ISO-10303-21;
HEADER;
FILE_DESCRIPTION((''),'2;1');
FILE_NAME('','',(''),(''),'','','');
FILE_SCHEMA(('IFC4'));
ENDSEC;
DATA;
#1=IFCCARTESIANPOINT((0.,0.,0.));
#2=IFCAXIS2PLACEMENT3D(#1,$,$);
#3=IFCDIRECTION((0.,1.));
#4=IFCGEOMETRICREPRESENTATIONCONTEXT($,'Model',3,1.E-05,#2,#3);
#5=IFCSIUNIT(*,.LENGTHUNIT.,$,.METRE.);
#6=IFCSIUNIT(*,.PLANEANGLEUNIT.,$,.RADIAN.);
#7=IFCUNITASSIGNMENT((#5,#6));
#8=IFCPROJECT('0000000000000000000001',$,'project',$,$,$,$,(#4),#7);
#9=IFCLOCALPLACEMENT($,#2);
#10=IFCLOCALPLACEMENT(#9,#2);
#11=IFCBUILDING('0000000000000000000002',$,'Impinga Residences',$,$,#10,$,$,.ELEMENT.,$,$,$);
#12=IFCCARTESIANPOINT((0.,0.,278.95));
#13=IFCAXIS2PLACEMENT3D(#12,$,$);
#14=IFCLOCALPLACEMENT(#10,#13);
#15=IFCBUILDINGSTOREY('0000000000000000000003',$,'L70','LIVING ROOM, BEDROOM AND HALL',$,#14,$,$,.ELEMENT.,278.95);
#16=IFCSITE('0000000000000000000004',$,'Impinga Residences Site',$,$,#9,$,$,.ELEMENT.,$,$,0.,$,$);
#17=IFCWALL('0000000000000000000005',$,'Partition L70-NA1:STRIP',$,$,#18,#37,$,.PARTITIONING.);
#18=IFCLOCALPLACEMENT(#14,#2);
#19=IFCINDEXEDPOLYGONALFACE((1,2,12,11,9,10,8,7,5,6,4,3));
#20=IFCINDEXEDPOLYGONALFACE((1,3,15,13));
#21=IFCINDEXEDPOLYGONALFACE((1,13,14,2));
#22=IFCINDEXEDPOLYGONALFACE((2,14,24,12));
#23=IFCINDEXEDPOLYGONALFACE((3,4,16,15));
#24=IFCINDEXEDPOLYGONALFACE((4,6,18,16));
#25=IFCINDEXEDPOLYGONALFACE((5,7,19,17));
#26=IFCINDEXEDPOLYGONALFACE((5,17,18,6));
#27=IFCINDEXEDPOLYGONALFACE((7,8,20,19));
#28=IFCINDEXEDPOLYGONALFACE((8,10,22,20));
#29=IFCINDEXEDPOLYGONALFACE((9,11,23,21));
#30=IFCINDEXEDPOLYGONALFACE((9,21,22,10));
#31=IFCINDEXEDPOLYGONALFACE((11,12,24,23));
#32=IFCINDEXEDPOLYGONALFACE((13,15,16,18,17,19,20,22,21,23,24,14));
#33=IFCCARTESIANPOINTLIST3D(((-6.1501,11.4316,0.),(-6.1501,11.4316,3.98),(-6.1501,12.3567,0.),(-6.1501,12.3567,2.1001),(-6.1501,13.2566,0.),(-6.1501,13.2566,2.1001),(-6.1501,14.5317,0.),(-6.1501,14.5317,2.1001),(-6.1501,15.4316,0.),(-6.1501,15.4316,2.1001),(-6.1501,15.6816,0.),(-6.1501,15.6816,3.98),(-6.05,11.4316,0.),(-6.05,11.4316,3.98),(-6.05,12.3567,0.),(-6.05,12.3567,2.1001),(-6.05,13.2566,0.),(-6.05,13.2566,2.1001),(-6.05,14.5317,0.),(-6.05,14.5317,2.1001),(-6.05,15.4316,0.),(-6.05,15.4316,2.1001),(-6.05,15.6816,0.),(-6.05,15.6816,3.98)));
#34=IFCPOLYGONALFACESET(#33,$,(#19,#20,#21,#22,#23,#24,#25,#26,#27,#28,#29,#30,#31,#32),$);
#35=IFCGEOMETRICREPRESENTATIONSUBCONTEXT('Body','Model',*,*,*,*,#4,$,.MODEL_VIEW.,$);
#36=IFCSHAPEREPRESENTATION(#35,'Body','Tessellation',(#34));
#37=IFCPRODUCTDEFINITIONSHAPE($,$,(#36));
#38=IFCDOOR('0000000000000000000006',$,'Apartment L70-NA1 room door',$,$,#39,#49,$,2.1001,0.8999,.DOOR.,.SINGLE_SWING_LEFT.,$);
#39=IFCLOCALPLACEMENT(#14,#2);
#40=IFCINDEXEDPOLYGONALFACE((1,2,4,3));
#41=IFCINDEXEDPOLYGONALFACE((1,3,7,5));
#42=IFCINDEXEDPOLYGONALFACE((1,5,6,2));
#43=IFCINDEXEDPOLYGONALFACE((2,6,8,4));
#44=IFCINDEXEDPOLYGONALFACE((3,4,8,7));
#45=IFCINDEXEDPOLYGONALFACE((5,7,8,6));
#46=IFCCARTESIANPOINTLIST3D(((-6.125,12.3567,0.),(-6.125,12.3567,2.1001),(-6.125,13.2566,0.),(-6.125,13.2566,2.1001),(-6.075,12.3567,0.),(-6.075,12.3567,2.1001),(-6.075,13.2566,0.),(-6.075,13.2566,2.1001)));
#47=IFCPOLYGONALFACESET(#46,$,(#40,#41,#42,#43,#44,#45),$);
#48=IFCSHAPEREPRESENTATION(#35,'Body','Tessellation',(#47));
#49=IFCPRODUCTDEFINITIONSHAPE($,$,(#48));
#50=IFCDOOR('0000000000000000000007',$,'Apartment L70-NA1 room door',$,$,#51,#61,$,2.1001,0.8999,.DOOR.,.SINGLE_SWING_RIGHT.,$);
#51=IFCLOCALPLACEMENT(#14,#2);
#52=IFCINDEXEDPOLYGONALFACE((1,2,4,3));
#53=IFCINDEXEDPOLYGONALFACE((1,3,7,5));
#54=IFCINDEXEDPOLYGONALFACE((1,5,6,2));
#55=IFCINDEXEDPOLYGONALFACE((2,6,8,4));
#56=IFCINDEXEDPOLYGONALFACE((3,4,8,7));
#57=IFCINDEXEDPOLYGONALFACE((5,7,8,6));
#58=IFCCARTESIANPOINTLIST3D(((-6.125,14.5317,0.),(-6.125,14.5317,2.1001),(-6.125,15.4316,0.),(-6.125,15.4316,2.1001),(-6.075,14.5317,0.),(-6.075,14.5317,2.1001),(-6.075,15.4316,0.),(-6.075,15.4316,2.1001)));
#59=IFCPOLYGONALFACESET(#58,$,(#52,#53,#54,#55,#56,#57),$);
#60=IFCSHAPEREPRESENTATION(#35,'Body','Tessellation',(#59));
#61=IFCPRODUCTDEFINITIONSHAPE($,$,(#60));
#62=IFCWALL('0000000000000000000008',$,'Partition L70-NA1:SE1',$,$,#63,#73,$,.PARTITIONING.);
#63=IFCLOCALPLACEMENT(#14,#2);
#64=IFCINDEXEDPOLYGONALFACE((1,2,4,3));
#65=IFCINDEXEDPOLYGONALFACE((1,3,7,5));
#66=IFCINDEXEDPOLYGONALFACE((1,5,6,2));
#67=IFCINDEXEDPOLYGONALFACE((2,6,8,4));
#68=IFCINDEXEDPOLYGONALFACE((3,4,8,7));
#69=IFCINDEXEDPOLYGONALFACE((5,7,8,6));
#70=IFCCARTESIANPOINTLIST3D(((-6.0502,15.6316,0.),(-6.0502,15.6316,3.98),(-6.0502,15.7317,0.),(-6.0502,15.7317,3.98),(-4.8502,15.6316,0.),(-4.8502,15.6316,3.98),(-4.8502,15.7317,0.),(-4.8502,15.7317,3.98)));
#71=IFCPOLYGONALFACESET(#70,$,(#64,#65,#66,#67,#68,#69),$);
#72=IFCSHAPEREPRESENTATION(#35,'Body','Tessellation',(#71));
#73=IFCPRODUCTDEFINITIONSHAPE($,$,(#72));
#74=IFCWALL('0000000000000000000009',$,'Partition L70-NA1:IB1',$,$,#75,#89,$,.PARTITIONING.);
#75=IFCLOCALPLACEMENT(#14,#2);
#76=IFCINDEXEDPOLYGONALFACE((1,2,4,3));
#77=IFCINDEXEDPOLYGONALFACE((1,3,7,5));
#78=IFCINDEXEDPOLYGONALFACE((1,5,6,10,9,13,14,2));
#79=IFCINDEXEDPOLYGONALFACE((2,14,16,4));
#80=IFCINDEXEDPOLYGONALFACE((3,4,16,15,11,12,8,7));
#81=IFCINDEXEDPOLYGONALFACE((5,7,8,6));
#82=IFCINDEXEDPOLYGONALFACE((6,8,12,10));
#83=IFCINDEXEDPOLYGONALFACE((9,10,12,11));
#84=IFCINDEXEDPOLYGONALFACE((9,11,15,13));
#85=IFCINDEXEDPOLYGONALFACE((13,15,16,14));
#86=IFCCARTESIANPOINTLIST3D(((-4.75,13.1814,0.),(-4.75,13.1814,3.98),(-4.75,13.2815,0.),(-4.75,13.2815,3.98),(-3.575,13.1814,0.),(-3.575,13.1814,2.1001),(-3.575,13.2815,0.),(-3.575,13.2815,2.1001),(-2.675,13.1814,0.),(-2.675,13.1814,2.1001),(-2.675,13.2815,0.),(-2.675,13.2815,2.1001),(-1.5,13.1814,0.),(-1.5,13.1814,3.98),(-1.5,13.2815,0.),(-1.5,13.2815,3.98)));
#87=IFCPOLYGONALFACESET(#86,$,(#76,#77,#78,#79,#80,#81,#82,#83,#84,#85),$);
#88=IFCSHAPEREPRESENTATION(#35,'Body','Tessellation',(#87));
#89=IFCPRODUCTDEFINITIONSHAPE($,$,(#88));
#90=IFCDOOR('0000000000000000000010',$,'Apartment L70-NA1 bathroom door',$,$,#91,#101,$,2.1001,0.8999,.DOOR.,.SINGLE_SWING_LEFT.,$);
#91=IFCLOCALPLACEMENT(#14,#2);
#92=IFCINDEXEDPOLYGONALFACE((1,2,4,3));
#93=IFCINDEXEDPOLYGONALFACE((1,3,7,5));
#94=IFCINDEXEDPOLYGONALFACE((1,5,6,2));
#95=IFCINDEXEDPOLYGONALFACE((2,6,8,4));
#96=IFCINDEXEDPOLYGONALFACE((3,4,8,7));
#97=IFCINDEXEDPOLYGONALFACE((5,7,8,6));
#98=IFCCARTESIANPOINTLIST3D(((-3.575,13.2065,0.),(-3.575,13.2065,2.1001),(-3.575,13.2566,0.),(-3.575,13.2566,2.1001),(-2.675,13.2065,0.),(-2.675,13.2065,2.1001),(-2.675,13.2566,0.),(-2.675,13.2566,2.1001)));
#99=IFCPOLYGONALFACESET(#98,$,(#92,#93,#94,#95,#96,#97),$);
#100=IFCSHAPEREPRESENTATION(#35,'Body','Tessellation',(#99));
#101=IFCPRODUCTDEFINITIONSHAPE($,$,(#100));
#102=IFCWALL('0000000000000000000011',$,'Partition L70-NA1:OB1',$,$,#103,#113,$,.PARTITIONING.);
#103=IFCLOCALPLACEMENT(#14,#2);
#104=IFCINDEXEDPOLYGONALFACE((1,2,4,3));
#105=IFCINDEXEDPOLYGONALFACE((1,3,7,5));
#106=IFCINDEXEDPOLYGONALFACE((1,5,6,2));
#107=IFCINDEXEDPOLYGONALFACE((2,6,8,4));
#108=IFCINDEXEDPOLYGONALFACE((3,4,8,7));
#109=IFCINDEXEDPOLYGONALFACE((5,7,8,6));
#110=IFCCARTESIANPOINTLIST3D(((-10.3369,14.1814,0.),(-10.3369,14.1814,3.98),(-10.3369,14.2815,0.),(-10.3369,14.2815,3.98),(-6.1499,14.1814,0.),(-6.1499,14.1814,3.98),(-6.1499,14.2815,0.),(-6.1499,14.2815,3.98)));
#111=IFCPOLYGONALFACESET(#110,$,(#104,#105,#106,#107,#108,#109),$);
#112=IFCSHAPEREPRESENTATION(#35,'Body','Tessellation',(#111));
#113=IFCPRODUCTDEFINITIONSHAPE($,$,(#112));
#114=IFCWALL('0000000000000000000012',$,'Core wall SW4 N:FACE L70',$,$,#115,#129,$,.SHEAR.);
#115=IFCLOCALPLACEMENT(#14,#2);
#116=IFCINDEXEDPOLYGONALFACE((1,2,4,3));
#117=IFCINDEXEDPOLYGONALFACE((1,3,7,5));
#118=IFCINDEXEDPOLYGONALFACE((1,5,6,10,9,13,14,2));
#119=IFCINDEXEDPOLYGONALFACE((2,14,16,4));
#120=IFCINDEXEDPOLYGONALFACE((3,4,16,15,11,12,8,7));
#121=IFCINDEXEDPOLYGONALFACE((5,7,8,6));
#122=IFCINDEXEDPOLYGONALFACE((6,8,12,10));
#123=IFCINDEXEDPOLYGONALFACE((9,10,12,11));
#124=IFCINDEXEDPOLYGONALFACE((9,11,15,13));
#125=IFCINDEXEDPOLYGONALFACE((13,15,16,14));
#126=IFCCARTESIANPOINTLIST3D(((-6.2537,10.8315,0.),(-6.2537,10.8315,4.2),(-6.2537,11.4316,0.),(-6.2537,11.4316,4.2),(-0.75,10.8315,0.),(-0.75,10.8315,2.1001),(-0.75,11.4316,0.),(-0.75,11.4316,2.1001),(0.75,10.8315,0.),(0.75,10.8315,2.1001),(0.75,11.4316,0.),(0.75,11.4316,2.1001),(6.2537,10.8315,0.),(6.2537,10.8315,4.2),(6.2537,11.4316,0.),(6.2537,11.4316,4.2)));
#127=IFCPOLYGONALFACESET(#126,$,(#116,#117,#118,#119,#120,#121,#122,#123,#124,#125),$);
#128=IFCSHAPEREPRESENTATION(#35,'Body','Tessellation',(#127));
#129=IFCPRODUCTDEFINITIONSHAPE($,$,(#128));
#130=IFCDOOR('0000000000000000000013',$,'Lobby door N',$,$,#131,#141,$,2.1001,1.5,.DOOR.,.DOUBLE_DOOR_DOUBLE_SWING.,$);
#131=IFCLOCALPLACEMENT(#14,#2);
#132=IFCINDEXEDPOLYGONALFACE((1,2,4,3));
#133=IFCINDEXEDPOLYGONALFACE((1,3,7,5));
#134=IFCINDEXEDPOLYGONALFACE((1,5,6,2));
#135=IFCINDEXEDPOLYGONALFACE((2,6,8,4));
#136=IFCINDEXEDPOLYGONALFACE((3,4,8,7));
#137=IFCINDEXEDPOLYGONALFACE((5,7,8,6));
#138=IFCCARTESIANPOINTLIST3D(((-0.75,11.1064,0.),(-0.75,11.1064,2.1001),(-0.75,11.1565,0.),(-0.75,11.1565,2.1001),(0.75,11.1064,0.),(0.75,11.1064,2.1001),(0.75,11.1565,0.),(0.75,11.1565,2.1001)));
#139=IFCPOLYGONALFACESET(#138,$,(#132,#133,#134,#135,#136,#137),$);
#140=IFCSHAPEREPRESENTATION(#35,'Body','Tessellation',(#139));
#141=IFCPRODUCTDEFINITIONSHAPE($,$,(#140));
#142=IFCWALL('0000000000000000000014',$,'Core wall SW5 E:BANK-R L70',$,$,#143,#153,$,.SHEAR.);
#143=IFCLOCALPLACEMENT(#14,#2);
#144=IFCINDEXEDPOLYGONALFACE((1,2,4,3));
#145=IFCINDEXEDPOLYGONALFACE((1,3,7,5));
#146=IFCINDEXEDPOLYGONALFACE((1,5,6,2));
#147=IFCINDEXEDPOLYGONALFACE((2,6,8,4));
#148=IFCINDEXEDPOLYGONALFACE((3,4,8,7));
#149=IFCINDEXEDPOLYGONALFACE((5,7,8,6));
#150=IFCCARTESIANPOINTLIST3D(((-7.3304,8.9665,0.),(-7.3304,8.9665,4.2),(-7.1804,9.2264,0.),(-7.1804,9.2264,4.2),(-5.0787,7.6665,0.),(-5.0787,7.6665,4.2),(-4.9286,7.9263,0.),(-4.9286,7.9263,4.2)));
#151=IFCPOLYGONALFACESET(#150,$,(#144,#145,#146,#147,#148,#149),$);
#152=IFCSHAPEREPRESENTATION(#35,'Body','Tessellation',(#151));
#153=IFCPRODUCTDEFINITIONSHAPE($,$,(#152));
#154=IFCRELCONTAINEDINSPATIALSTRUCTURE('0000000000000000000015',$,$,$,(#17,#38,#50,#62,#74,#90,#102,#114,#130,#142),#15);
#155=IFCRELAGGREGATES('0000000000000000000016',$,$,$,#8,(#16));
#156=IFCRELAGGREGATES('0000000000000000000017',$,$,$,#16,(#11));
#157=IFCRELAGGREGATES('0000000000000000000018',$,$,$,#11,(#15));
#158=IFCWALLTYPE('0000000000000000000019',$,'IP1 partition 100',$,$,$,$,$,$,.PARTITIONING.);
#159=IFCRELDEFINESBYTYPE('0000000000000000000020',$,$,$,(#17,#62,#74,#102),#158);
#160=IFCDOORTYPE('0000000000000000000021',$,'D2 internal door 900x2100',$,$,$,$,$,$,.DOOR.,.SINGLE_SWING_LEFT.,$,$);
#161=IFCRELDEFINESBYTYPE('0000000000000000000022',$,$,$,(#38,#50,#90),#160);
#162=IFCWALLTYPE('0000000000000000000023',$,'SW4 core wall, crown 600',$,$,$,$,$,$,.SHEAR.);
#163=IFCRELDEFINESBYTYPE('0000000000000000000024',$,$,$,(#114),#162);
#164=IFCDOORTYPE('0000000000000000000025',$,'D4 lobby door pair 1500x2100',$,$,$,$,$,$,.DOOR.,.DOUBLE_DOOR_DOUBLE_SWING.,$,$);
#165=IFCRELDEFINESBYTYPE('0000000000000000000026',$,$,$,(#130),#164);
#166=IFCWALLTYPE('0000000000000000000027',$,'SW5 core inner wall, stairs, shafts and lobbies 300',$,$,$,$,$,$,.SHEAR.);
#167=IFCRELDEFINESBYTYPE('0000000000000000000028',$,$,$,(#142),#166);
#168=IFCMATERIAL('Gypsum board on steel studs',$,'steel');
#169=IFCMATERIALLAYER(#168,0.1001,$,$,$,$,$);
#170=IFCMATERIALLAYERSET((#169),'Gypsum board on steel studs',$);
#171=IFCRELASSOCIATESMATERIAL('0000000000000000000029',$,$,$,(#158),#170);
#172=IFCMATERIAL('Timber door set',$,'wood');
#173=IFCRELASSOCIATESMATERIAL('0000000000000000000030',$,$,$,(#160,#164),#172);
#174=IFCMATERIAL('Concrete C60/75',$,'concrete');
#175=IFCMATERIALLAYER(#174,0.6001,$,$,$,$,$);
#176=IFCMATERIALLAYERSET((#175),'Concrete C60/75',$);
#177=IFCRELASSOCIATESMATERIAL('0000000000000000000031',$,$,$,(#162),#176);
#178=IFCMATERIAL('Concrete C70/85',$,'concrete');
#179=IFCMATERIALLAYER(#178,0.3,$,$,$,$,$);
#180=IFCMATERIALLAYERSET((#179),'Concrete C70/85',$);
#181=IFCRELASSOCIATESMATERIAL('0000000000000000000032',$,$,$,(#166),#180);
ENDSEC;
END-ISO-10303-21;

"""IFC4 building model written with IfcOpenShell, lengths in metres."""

from ifc_helpers import new_model, si_unit, direction, frame, frame_2d, origin, place, context, subcontext, project, spatial, rectangle, extrude, material, layer, layer_set, type_object, element, fill, save


model = new_model("IFC4")

# Units and contexts
model_context = context("Model", 3, precision=1e-05, world=origin(), true_north=direction((0.0, 1.0)))
body_context = subcontext(model_context, "Body", "Model", "MODEL_VIEW")
ifc_project = project(units=[si_unit("LENGTHUNIT", "METRE"), si_unit("PLANEANGLEUNIT", "RADIAN")], contexts=[model_context])

# Site, building, storey
site_placement = place(None, origin())
site = spatial("IfcSite", under=ifc_project, at=site_placement, Name="Impinga Residences Site", CompositionType="ELEMENT", RefElevation=0.0)
building_placement = place(site_placement, origin())
building = spatial("IfcBuilding", under=site, at=building_placement, Name="Impinga Residences", CompositionType="ELEMENT")
storey_placement = place(building_placement, frame((0.0, 0.0, 278.95)))
storey = spatial("IfcBuildingStorey", under=building, at=storey_placement, Name="L70", Description="LIVING ROOM, BEDROOM AND HALL", CompositionType="ELEMENT", Elevation=278.95)

# Shared definitions
ifc_material_1 = material(Name="Concrete C60/75", Category="concrete")
ifc_material_2 = material(Name="Timber door set", Category="wood")

# Shared definitions
ifc_material_3 = material(Name="Gypsum board on steel studs", Category="steel")
ifc_layer_1 = layer(ifc_material_3, 0.1001)
ifc_layer_set_1 = layer_set([ifc_layer_1], Name="Gypsum board on steel studs")
wall_type_1 = type_object("IfcWallType", Name="IP1 partition 100", PredefinedType="PARTITIONING", material=ifc_layer_set_1)

# Wall, openings, doors
wall_1_placement = place(storey_placement, frame((-6.1001, 11.4316, 0.0), z_axis=(0.0, 0.0, 1.0), x_axis=(0.0, 1.0, 0.0)))
wall_1 = element("IfcWall", 1, at=wall_1_placement, inside=storey, type_object=wall_type_1, Name="Partition L70-NA1:STRIP", PredefinedType="PARTITIONING", context=body_context, shape_type="SweptSolid", body=[
    extrude(rectangle(XDim=4.25, YDim=0.1001, at=frame_2d((2.125, 0.0))), origin(), (0.0, 0.0, 1.0), 3.98),
])
opening_1_placement = place(wall_1_placement, frame((0.925, 0.0, 0.0)))
opening_1 = element("IfcOpeningElement", 2, at=opening_1_placement, cuts=wall_1, PredefinedType="OPENING", context=body_context, shape_type="SweptSolid", body=[
    extrude(rectangle(XDim=0.8999, YDim=2.1001, at=frame_2d((0.45, 1.05))), frame((0.0, 0.0601, 0.0), z_axis=(0.0, -1.0, 0.0), x_axis=(1.0, 0.0, 0.0)), (0.0, 0.0, 1.0), 0.1201),
])
opening_2_placement = place(wall_1_placement, frame((3.1001, 0.0, 0.0)))
opening_2 = element("IfcOpeningElement", 3, at=opening_2_placement, cuts=wall_1, PredefinedType="OPENING", context=body_context, shape_type="SweptSolid", body=[
    extrude(rectangle(XDim=0.8999, YDim=2.1001, at=frame_2d((0.45, 1.05))), frame((0.0, 0.0601, 0.0), z_axis=(0.0, -1.0, 0.0), x_axis=(1.0, 0.0, 0.0)), (0.0, 0.0, 1.0), 0.1201),
])
door_type_1 = type_object("IfcDoorType", Name="D2 internal door 900x2100", OperationType="SINGLE_SWING_LEFT", PredefinedType="DOOR", material=ifc_material_2)
door_1_placement = place(opening_1_placement, origin())
door_1 = element("IfcDoor", 4, at=door_1_placement, inside=storey, type_object=door_type_1, Name="Apartment L70-NA1 room door", OperationType="SINGLE_SWING_LEFT", OverallHeight=2.1001, OverallWidth=0.8999, PredefinedType="DOOR", context=body_context, shape_type="SweptSolid", body=[
    extrude(rectangle(XDim=0.8999, YDim=2.1001, at=frame_2d((0.45, 1.05))), frame((0.0, 0.0249, 0.0), z_axis=(0.0, -1.0, 0.0), x_axis=(1.0, 0.0, 0.0)), (0.0, 0.0, 1.0), 0.05),
])
fill(opening_1, door_1)
door_2_placement = place(opening_2_placement, origin())
door_2 = element("IfcDoor", 5, at=door_2_placement, inside=storey, type_object=door_type_1, Name="Apartment L70-NA1 room door", OperationType="SINGLE_SWING_RIGHT", OverallHeight=2.1001, OverallWidth=0.8999, PredefinedType="DOOR", context=body_context, shape_type="SweptSolid", body=[
    extrude(rectangle(XDim=0.8999, YDim=2.1001, at=frame_2d((0.45, 1.05))), frame((0.0, 0.0249, 0.0), z_axis=(0.0, -1.0, 0.0), x_axis=(1.0, 0.0, 0.0)), (0.0, 0.0, 1.0), 0.05),
])
fill(opening_2, door_2)

# Wall
wall_2_placement = place(storey_placement, frame((-4.8501, 15.6816, 0.0), z_axis=(0.0, 0.0, 1.0), x_axis=(-1.0, 0.0, 0.0)))
element("IfcWall", 6, at=wall_2_placement, inside=storey, type_object=wall_type_1, Name="Partition L70-NA1:SE1", PredefinedType="PARTITIONING", context=body_context, shape_type="SweptSolid", body=[
    extrude(rectangle(XDim=1.2, YDim=0.1001, at=frame_2d((0.6001, 0.0))), origin(), (0.0, 0.0, 1.0), 3.98),
])

# Wall, opening, door
wall_3_placement = place(storey_placement, frame((-1.5, 13.2314, 0.0), z_axis=(0.0, 0.0, 1.0), x_axis=(-1.0, 0.0, 0.0)))
wall_3 = element("IfcWall", 7, at=wall_3_placement, inside=storey, type_object=wall_type_1, Name="Partition L70-NA1:IB1", PredefinedType="PARTITIONING", context=body_context, shape_type="SweptSolid", body=[
    extrude(rectangle(XDim=3.25, YDim=0.1001, at=frame_2d((1.625, 0.0))), origin(), (0.0, 0.0, 1.0), 3.98),
])
opening_3_placement = place(wall_3_placement, frame((1.175, 0.0, 0.0)))
opening_3 = element("IfcOpeningElement", 8, at=opening_3_placement, cuts=wall_3, PredefinedType="OPENING", context=body_context, shape_type="SweptSolid", body=[
    extrude(rectangle(XDim=0.8999, YDim=2.1001, at=frame_2d((0.45, 1.05))), frame((0.0, 0.0601, 0.0), z_axis=(0.0, -1.0, 0.0), x_axis=(1.0, 0.0, 0.0)), (0.0, 0.0, 1.0), 0.1201),
])
door_3_placement = place(opening_3_placement, origin())
door_3 = element("IfcDoor", 9, at=door_3_placement, inside=storey, type_object=door_type_1, Name="Apartment L70-NA1 bathroom door", OperationType="SINGLE_SWING_LEFT", OverallHeight=2.1001, OverallWidth=0.8999, PredefinedType="DOOR", context=body_context, shape_type="SweptSolid", body=[
    extrude(rectangle(XDim=0.8999, YDim=2.1001, at=frame_2d((0.45, 1.05))), frame((0.0, 0.0249, 0.0), z_axis=(0.0, -1.0, 0.0), x_axis=(1.0, 0.0, 0.0)), (0.0, 0.0, 1.0), 0.05),
])
fill(opening_3, door_3)

# Wall
wall_4_placement = place(storey_placement, frame((-6.1499, 14.2314, 0.0), z_axis=(0.0, 0.0, 1.0), x_axis=(-1.0, 0.0, 0.0)))
element("IfcWall", 10, at=wall_4_placement, inside=storey, type_object=wall_type_1, Name="Partition L70-NA1:OB1", PredefinedType="PARTITIONING", context=body_context, shape_type="SweptSolid", body=[
    extrude(rectangle(XDim=4.187, YDim=0.1001, at=frame_2d((2.0935, 0.0))), origin(), (0.0, 0.0, 1.0), 3.98),
])

# Wall, opening, door
ifc_layer_2 = layer(ifc_material_1, 0.6001)
ifc_layer_set_2 = layer_set([ifc_layer_2], Name="Concrete C60/75")
wall_type_2 = type_object("IfcWallType", Name="SW4 core wall, crown 600", PredefinedType="SHEAR", material=ifc_layer_set_2)
wall_5_placement = place(storey_placement, frame((-6.2537, 11.1316, 0.0), z_axis=(0.0, 0.0, 1.0), x_axis=(1.0, 0.0, 0.0)))
wall_5 = element("IfcWall", 11, at=wall_5_placement, inside=storey, type_object=wall_type_2, Name="Core wall SW4 N:FACE L70", PredefinedType="SHEAR", context=body_context, shape_type="SweptSolid", body=[
    extrude(rectangle(XDim=12.5073, YDim=0.6001, at=frame_2d((6.2537, 0.0))), origin(), (0.0, 0.0, 1.0), 4.2),
])
opening_4_placement = place(wall_5_placement, frame((5.5037, 0.0, 0.0)))
opening_4 = element("IfcOpeningElement", 12, at=opening_4_placement, cuts=wall_5, PredefinedType="OPENING", context=body_context, shape_type="SweptSolid", body=[
    extrude(rectangle(XDim=1.5, YDim=2.1001, at=frame_2d((0.75, 1.05))), frame((0.0, 0.3101, 0.0), z_axis=(0.0, -1.0, 0.0), x_axis=(1.0, 0.0, 0.0)), (0.0, 0.0, 1.0), 0.6201),
])
door_type_2 = type_object("IfcDoorType", Name="D4 lobby door pair 1500x2100", OperationType="DOUBLE_DOOR_DOUBLE_SWING", PredefinedType="DOOR", material=ifc_material_2)
door_4_placement = place(opening_4_placement, origin())
door_4 = element("IfcDoor", 13, at=door_4_placement, inside=storey, type_object=door_type_2, Name="Lobby door N", OperationType="DOUBLE_DOOR_DOUBLE_SWING", OverallHeight=2.1001, OverallWidth=1.5, PredefinedType="DOOR", context=body_context, shape_type="SweptSolid", body=[
    extrude(rectangle(XDim=1.5, YDim=2.1001, at=frame_2d((0.75, 1.05))), frame((0.0, 0.0249, 0.0), z_axis=(0.0, -1.0, 0.0), x_axis=(1.0, 0.0, 0.0)), (0.0, 0.0, 1.0), 0.05),
])
fill(opening_4, door_4)

# Wall
ifc_material_4 = material(Name="Concrete C70/85", Category="concrete")
ifc_layer_3 = layer(ifc_material_4, 0.3)
ifc_layer_set_3 = layer_set([ifc_layer_3], Name="Concrete C70/85")
wall_type_3 = type_object("IfcWallType", Name="SW5 core inner wall, stairs, shafts and lobbies 300", PredefinedType="SHEAR", material=ifc_layer_set_3)
wall_6_placement = place(storey_placement, frame((-5.0037, 7.7964, 0.0), z_axis=(0.0, 0.0, 1.0), x_axis=(-0.866021, 0.500007, 0.0)))
element("IfcWall", 14, at=wall_6_placement, inside=storey, type_object=wall_type_3, Name="Core wall SW5 E:BANK-R L70", PredefinedType="SHEAR", context=body_context, shape_type="SweptSolid", body=[
    extrude(rectangle(XDim=2.6001, YDim=0.3, at=frame_2d((1.3, 0.0))), origin(), (0.0, 0.0, 1.0), 4.2),
])

save(model, "model.ifc")
